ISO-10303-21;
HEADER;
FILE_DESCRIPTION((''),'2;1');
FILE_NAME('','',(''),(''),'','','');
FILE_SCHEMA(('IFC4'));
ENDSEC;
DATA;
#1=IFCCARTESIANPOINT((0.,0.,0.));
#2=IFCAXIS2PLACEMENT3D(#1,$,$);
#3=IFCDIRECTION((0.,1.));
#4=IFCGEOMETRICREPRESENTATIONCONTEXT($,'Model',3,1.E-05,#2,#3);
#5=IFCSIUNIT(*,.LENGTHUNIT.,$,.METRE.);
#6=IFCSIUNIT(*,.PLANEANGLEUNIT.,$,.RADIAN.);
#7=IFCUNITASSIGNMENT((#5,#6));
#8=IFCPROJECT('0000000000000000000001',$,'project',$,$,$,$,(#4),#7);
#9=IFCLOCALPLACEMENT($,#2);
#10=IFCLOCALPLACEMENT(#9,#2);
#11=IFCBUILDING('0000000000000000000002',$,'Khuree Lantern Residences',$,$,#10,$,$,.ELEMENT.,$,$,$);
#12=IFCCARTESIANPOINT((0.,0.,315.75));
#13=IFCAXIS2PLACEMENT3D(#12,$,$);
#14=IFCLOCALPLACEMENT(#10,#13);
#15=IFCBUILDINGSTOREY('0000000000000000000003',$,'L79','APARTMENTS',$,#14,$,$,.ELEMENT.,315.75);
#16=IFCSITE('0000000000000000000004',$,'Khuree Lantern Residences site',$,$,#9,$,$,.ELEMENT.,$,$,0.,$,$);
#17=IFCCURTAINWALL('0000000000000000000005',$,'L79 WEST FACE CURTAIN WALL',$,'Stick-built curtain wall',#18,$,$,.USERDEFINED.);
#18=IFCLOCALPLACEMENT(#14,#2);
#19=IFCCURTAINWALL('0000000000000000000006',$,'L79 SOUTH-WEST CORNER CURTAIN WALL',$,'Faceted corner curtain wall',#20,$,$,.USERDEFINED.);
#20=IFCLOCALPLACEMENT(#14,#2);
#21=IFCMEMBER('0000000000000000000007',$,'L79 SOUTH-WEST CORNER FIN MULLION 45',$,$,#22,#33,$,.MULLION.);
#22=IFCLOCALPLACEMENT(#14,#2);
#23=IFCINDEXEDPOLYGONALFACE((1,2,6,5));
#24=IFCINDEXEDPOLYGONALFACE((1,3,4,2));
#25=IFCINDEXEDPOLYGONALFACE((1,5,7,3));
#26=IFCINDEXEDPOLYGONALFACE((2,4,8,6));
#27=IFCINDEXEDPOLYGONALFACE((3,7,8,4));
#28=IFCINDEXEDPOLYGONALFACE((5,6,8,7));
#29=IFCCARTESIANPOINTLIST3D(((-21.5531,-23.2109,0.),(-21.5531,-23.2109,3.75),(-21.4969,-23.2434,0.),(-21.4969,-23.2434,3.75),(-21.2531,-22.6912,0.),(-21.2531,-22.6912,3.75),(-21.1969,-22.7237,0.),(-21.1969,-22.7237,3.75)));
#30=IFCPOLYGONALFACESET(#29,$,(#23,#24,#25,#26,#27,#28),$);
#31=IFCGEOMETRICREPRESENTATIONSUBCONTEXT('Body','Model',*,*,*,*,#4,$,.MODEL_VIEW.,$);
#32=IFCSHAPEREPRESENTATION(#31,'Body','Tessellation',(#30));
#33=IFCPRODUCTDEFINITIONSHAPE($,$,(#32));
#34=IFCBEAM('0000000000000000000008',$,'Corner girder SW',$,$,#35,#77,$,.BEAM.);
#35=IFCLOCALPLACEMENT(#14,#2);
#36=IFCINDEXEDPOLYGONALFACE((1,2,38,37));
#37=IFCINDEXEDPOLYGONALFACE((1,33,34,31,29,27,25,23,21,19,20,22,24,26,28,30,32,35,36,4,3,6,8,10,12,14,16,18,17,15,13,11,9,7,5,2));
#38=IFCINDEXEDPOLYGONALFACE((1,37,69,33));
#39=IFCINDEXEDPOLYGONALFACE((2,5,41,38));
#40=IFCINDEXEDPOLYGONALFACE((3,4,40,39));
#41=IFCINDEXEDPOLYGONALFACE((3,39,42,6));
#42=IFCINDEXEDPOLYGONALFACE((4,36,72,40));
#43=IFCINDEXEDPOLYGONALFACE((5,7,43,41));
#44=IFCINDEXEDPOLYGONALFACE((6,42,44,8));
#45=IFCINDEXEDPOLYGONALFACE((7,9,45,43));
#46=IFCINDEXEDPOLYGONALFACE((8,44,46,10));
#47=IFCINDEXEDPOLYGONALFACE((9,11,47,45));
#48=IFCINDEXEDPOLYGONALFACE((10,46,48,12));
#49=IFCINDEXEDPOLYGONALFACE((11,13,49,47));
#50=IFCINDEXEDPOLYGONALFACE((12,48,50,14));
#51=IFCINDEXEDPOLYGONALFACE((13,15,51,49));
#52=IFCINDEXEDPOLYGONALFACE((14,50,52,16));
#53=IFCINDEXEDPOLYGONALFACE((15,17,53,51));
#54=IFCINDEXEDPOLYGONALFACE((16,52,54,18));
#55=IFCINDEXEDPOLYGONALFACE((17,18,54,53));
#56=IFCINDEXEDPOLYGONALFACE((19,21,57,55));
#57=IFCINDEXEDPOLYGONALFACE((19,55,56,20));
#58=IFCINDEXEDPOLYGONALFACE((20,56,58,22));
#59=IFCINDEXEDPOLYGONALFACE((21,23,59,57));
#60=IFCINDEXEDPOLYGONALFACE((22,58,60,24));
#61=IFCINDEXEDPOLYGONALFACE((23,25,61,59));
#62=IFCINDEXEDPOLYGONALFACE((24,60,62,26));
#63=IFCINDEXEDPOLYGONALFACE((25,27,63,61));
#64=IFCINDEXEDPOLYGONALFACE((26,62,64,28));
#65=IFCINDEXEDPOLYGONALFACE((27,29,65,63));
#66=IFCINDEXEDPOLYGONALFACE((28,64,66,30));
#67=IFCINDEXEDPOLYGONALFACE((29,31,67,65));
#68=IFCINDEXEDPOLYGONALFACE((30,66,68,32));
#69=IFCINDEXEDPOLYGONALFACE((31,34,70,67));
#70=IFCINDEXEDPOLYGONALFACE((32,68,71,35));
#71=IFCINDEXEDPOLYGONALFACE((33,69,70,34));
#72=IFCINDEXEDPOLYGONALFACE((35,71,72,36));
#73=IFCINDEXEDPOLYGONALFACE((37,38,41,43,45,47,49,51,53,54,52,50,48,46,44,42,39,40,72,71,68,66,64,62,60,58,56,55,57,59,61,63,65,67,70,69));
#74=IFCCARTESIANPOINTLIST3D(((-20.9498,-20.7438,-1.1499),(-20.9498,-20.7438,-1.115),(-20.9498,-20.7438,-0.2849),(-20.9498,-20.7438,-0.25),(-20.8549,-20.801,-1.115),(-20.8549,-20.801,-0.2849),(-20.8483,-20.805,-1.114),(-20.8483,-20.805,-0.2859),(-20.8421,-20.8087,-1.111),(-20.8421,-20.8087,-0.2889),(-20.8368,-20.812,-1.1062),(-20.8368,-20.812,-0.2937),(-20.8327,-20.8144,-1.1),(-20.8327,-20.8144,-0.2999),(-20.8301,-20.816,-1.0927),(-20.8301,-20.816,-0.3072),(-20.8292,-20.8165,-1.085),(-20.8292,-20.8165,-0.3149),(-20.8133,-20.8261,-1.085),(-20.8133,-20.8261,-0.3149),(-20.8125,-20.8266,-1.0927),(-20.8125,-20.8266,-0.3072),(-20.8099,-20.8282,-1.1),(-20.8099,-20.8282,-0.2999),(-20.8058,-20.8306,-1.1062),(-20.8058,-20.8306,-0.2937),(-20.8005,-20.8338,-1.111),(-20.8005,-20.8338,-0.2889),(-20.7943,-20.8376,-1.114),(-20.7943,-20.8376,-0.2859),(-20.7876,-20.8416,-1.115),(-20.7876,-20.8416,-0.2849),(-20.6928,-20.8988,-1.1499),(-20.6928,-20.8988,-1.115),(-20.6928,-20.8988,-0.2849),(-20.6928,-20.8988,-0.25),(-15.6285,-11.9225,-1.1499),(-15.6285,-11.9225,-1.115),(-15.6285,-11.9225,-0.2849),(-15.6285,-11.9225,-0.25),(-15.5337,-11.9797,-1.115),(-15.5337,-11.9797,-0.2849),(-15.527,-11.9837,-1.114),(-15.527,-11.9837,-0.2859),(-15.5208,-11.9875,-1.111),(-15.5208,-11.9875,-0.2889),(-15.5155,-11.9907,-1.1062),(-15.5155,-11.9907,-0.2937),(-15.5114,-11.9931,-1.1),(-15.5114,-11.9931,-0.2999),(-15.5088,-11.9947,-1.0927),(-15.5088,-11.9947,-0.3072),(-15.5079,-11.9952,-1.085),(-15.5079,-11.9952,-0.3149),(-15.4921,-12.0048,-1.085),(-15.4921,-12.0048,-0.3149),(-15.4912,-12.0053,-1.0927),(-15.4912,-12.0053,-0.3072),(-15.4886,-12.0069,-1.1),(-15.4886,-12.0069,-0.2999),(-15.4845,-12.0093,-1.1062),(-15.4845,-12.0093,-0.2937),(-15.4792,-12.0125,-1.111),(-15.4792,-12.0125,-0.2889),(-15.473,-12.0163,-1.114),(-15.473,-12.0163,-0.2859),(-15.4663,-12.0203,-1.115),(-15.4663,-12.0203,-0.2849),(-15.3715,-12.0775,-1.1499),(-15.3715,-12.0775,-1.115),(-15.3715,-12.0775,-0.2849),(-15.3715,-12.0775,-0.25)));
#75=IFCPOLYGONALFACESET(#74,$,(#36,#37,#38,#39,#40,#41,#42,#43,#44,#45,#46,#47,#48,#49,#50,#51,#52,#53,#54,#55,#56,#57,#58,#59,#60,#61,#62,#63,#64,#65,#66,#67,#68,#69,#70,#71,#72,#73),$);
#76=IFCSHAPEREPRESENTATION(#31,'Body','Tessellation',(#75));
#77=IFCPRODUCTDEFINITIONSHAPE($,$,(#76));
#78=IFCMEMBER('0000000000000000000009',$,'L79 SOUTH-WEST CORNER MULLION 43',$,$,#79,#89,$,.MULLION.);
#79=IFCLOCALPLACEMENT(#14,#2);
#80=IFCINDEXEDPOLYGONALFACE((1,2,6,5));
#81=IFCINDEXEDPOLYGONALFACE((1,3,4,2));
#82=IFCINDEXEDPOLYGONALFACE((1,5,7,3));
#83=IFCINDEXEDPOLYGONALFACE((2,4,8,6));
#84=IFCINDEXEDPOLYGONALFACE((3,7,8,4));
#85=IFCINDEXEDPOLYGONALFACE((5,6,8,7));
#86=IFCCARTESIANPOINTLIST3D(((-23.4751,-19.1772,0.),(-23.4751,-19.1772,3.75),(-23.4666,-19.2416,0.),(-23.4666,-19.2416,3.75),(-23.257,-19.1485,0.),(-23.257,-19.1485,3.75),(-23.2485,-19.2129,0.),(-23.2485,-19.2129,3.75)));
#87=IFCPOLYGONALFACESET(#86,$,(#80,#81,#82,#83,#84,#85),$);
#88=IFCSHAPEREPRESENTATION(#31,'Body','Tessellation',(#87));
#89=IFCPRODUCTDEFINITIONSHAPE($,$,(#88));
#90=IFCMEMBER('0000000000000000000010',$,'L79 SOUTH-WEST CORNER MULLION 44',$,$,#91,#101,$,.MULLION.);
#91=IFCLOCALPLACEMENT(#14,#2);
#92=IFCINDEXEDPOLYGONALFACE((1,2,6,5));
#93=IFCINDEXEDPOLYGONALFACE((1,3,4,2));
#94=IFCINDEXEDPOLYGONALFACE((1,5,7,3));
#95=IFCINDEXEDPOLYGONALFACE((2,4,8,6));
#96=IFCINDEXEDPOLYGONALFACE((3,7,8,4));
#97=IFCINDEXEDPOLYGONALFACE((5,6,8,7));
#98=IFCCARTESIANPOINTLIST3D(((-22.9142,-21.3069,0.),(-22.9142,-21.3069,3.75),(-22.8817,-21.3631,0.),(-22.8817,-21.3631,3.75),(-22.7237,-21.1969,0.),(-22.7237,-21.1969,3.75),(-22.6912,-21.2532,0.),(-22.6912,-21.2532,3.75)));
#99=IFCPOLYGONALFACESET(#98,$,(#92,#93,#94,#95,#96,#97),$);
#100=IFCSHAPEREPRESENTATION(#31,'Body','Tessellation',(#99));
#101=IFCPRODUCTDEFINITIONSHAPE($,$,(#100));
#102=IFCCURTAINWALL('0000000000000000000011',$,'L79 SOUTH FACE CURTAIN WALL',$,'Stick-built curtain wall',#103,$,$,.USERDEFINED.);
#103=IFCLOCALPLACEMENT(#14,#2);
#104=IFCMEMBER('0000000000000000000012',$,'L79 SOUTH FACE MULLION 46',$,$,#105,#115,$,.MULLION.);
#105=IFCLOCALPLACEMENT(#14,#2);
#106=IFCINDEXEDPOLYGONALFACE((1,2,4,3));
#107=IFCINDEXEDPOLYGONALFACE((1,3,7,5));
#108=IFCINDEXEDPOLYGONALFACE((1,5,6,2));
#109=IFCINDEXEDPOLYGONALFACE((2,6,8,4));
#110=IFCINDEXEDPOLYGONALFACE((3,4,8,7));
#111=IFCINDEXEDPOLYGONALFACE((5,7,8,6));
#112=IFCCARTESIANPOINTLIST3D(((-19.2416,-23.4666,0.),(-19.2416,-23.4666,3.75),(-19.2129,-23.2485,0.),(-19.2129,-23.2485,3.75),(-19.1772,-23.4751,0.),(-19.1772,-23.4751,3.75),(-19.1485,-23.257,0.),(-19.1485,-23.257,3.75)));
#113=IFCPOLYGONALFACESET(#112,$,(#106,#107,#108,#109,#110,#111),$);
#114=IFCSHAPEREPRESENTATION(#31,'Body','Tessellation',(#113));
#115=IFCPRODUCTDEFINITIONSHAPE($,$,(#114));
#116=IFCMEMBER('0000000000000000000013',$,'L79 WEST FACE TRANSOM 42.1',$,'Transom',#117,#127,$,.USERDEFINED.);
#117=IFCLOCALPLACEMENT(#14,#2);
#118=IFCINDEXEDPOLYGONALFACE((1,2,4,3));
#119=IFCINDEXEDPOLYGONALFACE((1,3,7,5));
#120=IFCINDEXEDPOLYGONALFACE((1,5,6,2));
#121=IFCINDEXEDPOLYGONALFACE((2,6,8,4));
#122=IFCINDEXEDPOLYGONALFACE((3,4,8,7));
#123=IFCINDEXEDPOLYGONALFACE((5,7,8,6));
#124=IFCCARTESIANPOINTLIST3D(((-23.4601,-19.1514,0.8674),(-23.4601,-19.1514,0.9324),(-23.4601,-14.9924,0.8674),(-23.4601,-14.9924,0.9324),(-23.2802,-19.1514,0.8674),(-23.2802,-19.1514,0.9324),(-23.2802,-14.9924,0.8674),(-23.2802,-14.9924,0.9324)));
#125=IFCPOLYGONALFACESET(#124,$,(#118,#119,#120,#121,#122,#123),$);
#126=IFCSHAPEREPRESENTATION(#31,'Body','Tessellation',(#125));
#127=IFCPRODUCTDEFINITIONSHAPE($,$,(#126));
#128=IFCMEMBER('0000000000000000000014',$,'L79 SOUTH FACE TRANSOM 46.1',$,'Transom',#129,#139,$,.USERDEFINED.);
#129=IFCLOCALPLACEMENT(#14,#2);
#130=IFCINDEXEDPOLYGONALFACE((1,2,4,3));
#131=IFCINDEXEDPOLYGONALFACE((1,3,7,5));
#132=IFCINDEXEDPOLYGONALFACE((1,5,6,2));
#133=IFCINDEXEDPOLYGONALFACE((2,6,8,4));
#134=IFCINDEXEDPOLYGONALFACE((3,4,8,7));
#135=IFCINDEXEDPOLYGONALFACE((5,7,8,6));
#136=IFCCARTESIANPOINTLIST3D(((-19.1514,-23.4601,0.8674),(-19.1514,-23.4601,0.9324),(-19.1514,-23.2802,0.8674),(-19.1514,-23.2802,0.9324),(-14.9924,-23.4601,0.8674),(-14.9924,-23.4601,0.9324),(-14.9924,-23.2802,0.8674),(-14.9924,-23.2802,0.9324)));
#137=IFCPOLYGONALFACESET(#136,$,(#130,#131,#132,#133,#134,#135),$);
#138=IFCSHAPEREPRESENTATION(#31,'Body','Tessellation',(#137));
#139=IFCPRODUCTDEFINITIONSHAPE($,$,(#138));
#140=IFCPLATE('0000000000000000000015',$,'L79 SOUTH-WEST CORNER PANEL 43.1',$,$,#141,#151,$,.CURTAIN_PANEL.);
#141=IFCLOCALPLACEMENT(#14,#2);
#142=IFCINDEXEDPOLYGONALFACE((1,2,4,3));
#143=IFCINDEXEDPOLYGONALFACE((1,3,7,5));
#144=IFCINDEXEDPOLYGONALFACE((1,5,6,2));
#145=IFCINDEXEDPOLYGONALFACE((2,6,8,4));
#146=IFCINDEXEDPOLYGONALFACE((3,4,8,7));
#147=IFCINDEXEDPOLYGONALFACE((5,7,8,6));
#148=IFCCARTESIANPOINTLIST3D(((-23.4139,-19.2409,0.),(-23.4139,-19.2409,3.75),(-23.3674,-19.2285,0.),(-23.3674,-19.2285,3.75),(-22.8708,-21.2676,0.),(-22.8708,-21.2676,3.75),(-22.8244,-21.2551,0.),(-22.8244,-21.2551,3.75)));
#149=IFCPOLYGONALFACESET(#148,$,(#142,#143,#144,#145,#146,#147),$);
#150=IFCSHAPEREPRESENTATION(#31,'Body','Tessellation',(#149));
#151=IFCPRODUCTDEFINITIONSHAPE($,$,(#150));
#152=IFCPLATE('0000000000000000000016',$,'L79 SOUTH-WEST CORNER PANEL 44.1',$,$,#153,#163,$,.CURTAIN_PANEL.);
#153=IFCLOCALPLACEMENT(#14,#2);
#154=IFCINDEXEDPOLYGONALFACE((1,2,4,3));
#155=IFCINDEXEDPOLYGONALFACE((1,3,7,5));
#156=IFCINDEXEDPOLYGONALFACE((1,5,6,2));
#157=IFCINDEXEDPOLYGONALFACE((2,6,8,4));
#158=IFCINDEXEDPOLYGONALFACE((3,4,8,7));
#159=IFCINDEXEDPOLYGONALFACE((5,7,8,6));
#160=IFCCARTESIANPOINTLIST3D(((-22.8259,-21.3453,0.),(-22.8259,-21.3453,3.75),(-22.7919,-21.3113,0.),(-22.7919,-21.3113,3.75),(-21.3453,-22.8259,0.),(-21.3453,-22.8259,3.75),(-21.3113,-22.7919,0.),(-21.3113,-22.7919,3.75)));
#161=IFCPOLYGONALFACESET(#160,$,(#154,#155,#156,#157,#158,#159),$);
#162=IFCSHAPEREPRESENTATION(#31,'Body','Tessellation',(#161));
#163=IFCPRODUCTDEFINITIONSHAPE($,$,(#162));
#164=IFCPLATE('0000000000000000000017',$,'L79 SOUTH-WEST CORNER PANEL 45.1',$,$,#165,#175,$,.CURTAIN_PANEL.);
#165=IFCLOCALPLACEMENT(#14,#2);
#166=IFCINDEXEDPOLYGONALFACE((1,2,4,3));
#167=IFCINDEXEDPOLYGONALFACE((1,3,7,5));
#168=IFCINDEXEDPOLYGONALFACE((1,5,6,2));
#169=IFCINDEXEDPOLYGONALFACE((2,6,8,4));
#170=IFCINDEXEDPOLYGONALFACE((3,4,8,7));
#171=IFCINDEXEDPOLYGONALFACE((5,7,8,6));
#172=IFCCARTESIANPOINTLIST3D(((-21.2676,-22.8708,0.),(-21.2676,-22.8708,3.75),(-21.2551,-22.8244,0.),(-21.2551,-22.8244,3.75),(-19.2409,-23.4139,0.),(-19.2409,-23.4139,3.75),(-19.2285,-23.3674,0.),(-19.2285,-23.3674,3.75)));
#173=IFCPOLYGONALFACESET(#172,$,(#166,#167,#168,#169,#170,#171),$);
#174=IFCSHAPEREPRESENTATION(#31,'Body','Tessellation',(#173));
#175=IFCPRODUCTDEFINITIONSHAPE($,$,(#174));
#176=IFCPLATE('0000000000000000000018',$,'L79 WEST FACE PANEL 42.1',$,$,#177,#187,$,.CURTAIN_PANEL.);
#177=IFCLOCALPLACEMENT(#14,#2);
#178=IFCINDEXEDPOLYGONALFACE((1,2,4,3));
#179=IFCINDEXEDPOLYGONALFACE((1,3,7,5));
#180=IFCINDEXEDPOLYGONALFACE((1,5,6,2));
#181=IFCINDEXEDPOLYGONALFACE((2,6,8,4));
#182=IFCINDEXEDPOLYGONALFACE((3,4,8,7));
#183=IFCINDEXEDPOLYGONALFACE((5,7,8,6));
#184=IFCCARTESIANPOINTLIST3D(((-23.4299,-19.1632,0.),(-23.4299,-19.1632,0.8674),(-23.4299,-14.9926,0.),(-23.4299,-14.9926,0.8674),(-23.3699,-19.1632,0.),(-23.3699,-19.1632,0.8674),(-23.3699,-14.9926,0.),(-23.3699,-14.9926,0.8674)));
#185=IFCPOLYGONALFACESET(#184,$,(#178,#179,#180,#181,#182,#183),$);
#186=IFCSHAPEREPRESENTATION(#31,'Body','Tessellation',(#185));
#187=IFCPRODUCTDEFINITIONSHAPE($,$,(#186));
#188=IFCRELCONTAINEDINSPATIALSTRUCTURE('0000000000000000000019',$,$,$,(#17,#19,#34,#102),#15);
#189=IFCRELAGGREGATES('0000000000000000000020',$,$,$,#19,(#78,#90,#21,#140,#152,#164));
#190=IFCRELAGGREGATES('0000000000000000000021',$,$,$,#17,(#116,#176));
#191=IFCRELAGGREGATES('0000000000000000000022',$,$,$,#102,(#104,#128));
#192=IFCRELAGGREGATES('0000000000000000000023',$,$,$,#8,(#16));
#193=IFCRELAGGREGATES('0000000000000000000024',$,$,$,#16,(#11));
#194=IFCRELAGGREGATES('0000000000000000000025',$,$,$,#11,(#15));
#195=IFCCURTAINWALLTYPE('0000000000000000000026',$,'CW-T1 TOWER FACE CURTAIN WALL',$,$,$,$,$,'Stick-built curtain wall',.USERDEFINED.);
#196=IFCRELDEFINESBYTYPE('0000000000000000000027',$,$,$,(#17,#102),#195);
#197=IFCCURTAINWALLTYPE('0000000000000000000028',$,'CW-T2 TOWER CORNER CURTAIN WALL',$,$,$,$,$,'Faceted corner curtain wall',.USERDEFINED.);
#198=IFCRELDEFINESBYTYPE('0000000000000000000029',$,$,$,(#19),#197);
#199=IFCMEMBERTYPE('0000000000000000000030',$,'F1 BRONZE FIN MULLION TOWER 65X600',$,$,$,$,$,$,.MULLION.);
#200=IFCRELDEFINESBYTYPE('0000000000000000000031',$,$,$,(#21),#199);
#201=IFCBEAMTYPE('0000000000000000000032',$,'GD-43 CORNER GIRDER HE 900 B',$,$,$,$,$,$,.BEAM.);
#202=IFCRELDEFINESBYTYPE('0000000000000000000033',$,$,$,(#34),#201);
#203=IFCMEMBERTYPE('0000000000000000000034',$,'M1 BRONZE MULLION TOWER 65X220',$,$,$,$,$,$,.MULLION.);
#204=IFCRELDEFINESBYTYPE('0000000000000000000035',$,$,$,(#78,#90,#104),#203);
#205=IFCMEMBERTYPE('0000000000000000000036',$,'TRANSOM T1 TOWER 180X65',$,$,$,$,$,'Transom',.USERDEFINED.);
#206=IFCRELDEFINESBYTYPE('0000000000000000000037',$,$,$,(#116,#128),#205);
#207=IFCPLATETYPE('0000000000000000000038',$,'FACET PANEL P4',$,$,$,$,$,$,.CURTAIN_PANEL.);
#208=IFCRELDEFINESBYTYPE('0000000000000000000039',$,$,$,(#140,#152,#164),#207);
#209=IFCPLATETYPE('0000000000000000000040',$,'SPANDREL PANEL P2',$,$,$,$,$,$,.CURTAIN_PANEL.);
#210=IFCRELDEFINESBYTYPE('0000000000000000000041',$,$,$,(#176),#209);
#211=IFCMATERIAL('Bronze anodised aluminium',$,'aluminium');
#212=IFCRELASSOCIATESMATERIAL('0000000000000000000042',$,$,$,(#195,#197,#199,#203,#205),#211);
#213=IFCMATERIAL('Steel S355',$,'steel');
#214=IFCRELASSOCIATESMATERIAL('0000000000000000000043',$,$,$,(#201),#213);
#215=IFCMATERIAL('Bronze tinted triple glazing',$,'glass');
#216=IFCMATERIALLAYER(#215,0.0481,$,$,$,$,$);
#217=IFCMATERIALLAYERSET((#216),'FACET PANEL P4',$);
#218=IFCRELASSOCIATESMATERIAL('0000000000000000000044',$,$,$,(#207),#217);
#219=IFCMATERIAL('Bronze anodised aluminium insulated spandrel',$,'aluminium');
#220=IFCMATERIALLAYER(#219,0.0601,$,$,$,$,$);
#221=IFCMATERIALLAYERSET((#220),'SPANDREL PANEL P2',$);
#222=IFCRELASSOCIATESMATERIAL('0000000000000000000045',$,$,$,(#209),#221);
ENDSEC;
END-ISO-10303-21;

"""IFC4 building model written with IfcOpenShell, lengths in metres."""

from ifc_helpers import new_model, si_unit, direction, frame, origin, origin_2d, place, context, subcontext, project, spatial, rectangle, i_section, extrude, material, layer, layer_set, material_profile, profile_set, type_object, element, aggregate, save


model = new_model("IFC4")

# Units and contexts
model_context = context("Model", 3, precision=1e-05, world=origin(), true_north=direction((0.0, 1.0)))
body_context = subcontext(model_context, "Body", "Model", "MODEL_VIEW")
ifc_project = project(units=[si_unit("LENGTHUNIT", "METRE"), si_unit("PLANEANGLEUNIT", "RADIAN")], contexts=[model_context])

# Site, building, storey
site_placement = place(None, origin())
site = spatial("IfcSite", under=ifc_project, at=site_placement, Name="Khuree Lantern Residences site", CompositionType="ELEMENT", RefElevation=0.0)
building_placement = place(site_placement, origin())
building = spatial("IfcBuilding", under=site, at=building_placement, Name="Khuree Lantern Residences", CompositionType="ELEMENT")
storey_placement = place(building_placement, frame((0.0, 0.0, 315.75)))
storey = spatial("IfcBuildingStorey", under=building, at=storey_placement, Name="L79", Description="APARTMENTS", CompositionType="ELEMENT", Elevation=315.75)

# Shared definitions
ifc_material_1 = material(Name="Steel S355", Category="steel")

# Curtain walls, member
ifc_material_2 = material(Name="Bronze anodised aluminium", Category="aluminium")
curtain_wall_type_1 = type_object("IfcCurtainWallType", Name="CW-T1 TOWER FACE CURTAIN WALL", ElementType="Stick-built curtain wall", PredefinedType="USERDEFINED", material=ifc_material_2)
curtain_wall_1_placement = place(storey_placement, origin())
curtain_wall_1 = element("IfcCurtainWall", 1, at=curtain_wall_1_placement, inside=storey, type_object=curtain_wall_type_1, Name="L79 WEST FACE CURTAIN WALL", ObjectType="Stick-built curtain wall", PredefinedType="USERDEFINED")
ifc_material_profile_1 = material_profile(ifc_material_2, rectangle(XDim=0.0649, YDim=0.6001, at=origin_2d()), Name="F1 65X600")
ifc_profile_set_1 = profile_set([ifc_material_profile_1], Name="Bronze anodised aluminium")
member_type_1 = type_object("IfcMemberType", Name="F1 BRONZE FIN MULLION TOWER 65X600", PredefinedType="MULLION", material=ifc_profile_set_1)
curtain_wall_type_2 = type_object("IfcCurtainWallType", Name="CW-T2 TOWER CORNER CURTAIN WALL", ElementType="Faceted corner curtain wall", PredefinedType="USERDEFINED", material=ifc_material_2)
curtain_wall_2_placement = place(storey_placement, origin())
curtain_wall_2 = element("IfcCurtainWall", 2, at=curtain_wall_2_placement, inside=storey, type_object=curtain_wall_type_2, Name="L79 SOUTH-WEST CORNER CURTAIN WALL", ObjectType="Faceted corner curtain wall", PredefinedType="USERDEFINED")
member_1_placement = place(storey_placement, frame((-21.375, -22.9673, 0.0), z_axis=(0.0, 0.0, 1.0), x_axis=(0.866025, -0.5, 0.0)))
member_1 = element("IfcMember", 3, at=member_1_placement, type_object=member_type_1, Name="L79 SOUTH-WEST CORNER FIN MULLION 45", PredefinedType="MULLION", context=body_context, shape_type="SweptSolid", body=[
    extrude(rectangle(XDim=0.0649, YDim=0.6001, at=origin_2d()), origin(), (0.0, 0.0, 1.0), 3.75),
])

# Beam
ifc_material_profile_2 = material_profile(ifc_material_1, i_section(OverallWidth=0.3, OverallDepth=0.8999, WebThickness=0.0186, FlangeThickness=0.0349, FilletRadius=0.03, at=origin_2d()), Name="HE 900 B")
ifc_profile_set_2 = profile_set([ifc_material_profile_2], Name="Steel S355")
beam_type_1 = type_object("IfcBeamType", Name="GD-43 CORNER GIRDER HE 900 B", PredefinedType="BEAM", material=ifc_profile_set_2)
beam_1_placement = place(storey_placement, frame((-20.8213, -20.8213, -0.7), z_axis=(0.51653, 0.856269, 0.0), x_axis=(-0.856269, 0.51653, 0.0)))
element("IfcBeam", 4, at=beam_1_placement, inside=storey, type_object=beam_type_1, Name="Corner girder SW", PredefinedType="BEAM", context=body_context, shape_type="SweptSolid", body=[
    extrude(i_section(OverallWidth=0.3, OverallDepth=0.8999, WebThickness=0.0186, FlangeThickness=0.0349, FilletRadius=0.03, at=origin_2d()), origin(), (0.0, 0.0, 1.0), 10.302),
])

# Members
ifc_material_profile_3 = material_profile(ifc_material_2, rectangle(XDim=0.0649, YDim=0.22, at=origin_2d()), Name="M1 65X220")
ifc_profile_set_3 = profile_set([ifc_material_profile_3], Name="Bronze anodised aluminium")
member_type_2 = type_object("IfcMemberType", Name="M1 BRONZE MULLION TOWER 65X220", PredefinedType="MULLION", material=ifc_profile_set_3)
member_2_placement = place(storey_placement, frame((-23.3618, -19.1951, 0.0), z_axis=(0.0, 0.0, 1.0), x_axis=(0.130526, -0.991445, 0.0)))
member_2 = element("IfcMember", 5, at=member_2_placement, type_object=member_type_2, Name="L79 SOUTH-WEST CORNER MULLION 43", PredefinedType="MULLION", context=body_context, shape_type="SweptSolid", body=[
    extrude(rectangle(XDim=0.0649, YDim=0.22, at=origin_2d()), origin(), (0.0, 0.0, 1.0), 3.75),
])
member_3_placement = place(storey_placement, frame((-22.8027, -21.28, 0.0), z_axis=(0.0, 0.0, 1.0), x_axis=(0.5, -0.866025, 0.0)))
member_3 = element("IfcMember", 6, at=member_3_placement, type_object=member_type_2, Name="L79 SOUTH-WEST CORNER MULLION 44", PredefinedType="MULLION", context=body_context, shape_type="SweptSolid", body=[
    extrude(rectangle(XDim=0.0649, YDim=0.22, at=origin_2d()), origin(), (0.0, 0.0, 1.0), 3.75),
])

# Curtain wall, member
curtain_wall_3_placement = place(storey_placement, origin())
curtain_wall_3 = element("IfcCurtainWall", 7, at=curtain_wall_3_placement, inside=storey, type_object=curtain_wall_type_1, Name="L79 SOUTH FACE CURTAIN WALL", ObjectType="Stick-built curtain wall", PredefinedType="USERDEFINED")
member_4_placement = place(storey_placement, frame((-19.1951, -23.3618, 0.0), z_axis=(0.0, 0.0, 1.0), x_axis=(0.991445, -0.130526, 0.0)))
member_4 = element("IfcMember", 8, at=member_4_placement, type_object=member_type_2, Name="L79 SOUTH FACE MULLION 46", PredefinedType="MULLION", context=body_context, shape_type="SweptSolid", body=[
    extrude(rectangle(XDim=0.0649, YDim=0.22, at=origin_2d()), origin(), (0.0, 0.0, 1.0), 3.75),
])

# Members
ifc_material_profile_4 = material_profile(ifc_material_2, rectangle(XDim=0.1799, YDim=0.0649, at=origin_2d()), Name="T1 180X65")
ifc_profile_set_4 = profile_set([ifc_material_profile_4], Name="Bronze anodised aluminium")
member_type_3 = type_object("IfcMemberType", Name="TRANSOM T1 TOWER 180X65", ElementType="Transom", PredefinedType="USERDEFINED", material=ifc_profile_set_4)
member_5_placement = place(storey_placement, frame((-23.3701, -14.9924, 0.8999), z_axis=(0.0, -1.0, 0.0), x_axis=(1.0, 0.0, 0.0)))
member_5 = element("IfcMember", 9, at=member_5_placement, type_object=member_type_3, Name="L79 WEST FACE TRANSOM 42.1", ObjectType="Transom", PredefinedType="USERDEFINED", context=body_context, shape_type="SweptSolid", body=[
    extrude(rectangle(XDim=0.1799, YDim=0.0649, at=origin_2d()), origin(), (0.0, 0.0, 1.0), 4.1589),
])
member_6_placement = place(storey_placement, frame((-19.1514, -23.3701, 0.8999), z_axis=(1.0, 0.0, 0.0), x_axis=(0.0, 1.0, 0.0)))
member_6 = element("IfcMember", 10, at=member_6_placement, type_object=member_type_3, Name="L79 SOUTH FACE TRANSOM 46.1", ObjectType="Transom", PredefinedType="USERDEFINED", context=body_context, shape_type="SweptSolid", body=[
    extrude(rectangle(XDim=0.1799, YDim=0.0649, at=origin_2d()), origin(), (0.0, 0.0, 1.0), 4.1589),
])

# Plates
ifc_material_3 = material(Name="Bronze tinted triple glazing", Category="glass")
ifc_layer_1 = layer(ifc_material_3, 0.0481)
ifc_layer_set_1 = layer_set([ifc_layer_1], Name="FACET PANEL P4")
plate_type_1 = type_object("IfcPlateType", Name="FACET PANEL P4", PredefinedType="CURTAIN_PANEL", material=ifc_layer_set_1)
plate_1_placement = place(storey_placement, frame((-23.1191, -20.248, 0.0), z_axis=(0.0, 0.0, 1.0), x_axis=(0.258819, -0.965926, 0.0)))
plate_1 = element("IfcPlate", 11, at=plate_1_placement, type_object=plate_type_1, Name="L79 SOUTH-WEST CORNER PANEL 43.1", PredefinedType="CURTAIN_PANEL", context=body_context, shape_type="SweptSolid", body=[
    extrude(rectangle(XDim=2.0981, YDim=0.0481, at=origin_2d()), origin(), (0.0, 0.0, 1.0), 3.75),
])
plate_2_placement = place(storey_placement, frame((-22.0686, -22.0686, 0.0), z_axis=(0.0, 0.0, 1.0), x_axis=(0.707107, -0.707107, 0.0)))
plate_2 = element("IfcPlate", 12, at=plate_2_placement, type_object=plate_type_1, Name="L79 SOUTH-WEST CORNER PANEL 44.1", PredefinedType="CURTAIN_PANEL", context=body_context, shape_type="SweptSolid", body=[
    extrude(rectangle(XDim=2.094, YDim=0.0481, at=origin_2d()), origin(), (0.0, 0.0, 1.0), 3.75),
])
plate_3_placement = place(storey_placement, frame((-20.248, -23.1191, 0.0), z_axis=(0.0, 0.0, 1.0), x_axis=(0.965926, -0.258819, 0.0)))
plate_3 = element("IfcPlate", 13, at=plate_3_placement, type_object=plate_type_1, Name="L79 SOUTH-WEST CORNER PANEL 45.1", PredefinedType="CURTAIN_PANEL", context=body_context, shape_type="SweptSolid", body=[
    extrude(rectangle(XDim=2.0981, YDim=0.0481, at=origin_2d()), origin(), (0.0, 0.0, 1.0), 3.75),
])
aggregate(curtain_wall_2, [member_2, member_3, member_1, plate_1, plate_2, plate_3])
ifc_material_4 = material(Name="Bronze anodised aluminium insulated spandrel", Category="aluminium")
ifc_layer_2 = layer(ifc_material_4, 0.0601)
ifc_layer_set_2 = layer_set([ifc_layer_2], Name="SPANDREL PANEL P2")
plate_type_2 = type_object("IfcPlateType", Name="SPANDREL PANEL P2", PredefinedType="CURTAIN_PANEL", material=ifc_layer_set_2)
plate_4_placement = place(storey_placement, frame((-23.3999, -17.0779, 0.0), z_axis=(0.0, 0.0, 1.0), x_axis=(0.0, -1.0, 0.0)))
plate_4 = element("IfcPlate", 14, at=plate_4_placement, type_object=plate_type_2, Name="L79 WEST FACE PANEL 42.1", PredefinedType="CURTAIN_PANEL", context=body_context, shape_type="SweptSolid", body=[
    extrude(rectangle(XDim=4.1707, YDim=0.0601, at=origin_2d()), origin(), (0.0, 0.0, 1.0), 0.8674),
])
aggregate(curtain_wall_1, [member_5, plate_4])
aggregate(curtain_wall_3, [member_4, member_6])

save(model, "model.ifc")
